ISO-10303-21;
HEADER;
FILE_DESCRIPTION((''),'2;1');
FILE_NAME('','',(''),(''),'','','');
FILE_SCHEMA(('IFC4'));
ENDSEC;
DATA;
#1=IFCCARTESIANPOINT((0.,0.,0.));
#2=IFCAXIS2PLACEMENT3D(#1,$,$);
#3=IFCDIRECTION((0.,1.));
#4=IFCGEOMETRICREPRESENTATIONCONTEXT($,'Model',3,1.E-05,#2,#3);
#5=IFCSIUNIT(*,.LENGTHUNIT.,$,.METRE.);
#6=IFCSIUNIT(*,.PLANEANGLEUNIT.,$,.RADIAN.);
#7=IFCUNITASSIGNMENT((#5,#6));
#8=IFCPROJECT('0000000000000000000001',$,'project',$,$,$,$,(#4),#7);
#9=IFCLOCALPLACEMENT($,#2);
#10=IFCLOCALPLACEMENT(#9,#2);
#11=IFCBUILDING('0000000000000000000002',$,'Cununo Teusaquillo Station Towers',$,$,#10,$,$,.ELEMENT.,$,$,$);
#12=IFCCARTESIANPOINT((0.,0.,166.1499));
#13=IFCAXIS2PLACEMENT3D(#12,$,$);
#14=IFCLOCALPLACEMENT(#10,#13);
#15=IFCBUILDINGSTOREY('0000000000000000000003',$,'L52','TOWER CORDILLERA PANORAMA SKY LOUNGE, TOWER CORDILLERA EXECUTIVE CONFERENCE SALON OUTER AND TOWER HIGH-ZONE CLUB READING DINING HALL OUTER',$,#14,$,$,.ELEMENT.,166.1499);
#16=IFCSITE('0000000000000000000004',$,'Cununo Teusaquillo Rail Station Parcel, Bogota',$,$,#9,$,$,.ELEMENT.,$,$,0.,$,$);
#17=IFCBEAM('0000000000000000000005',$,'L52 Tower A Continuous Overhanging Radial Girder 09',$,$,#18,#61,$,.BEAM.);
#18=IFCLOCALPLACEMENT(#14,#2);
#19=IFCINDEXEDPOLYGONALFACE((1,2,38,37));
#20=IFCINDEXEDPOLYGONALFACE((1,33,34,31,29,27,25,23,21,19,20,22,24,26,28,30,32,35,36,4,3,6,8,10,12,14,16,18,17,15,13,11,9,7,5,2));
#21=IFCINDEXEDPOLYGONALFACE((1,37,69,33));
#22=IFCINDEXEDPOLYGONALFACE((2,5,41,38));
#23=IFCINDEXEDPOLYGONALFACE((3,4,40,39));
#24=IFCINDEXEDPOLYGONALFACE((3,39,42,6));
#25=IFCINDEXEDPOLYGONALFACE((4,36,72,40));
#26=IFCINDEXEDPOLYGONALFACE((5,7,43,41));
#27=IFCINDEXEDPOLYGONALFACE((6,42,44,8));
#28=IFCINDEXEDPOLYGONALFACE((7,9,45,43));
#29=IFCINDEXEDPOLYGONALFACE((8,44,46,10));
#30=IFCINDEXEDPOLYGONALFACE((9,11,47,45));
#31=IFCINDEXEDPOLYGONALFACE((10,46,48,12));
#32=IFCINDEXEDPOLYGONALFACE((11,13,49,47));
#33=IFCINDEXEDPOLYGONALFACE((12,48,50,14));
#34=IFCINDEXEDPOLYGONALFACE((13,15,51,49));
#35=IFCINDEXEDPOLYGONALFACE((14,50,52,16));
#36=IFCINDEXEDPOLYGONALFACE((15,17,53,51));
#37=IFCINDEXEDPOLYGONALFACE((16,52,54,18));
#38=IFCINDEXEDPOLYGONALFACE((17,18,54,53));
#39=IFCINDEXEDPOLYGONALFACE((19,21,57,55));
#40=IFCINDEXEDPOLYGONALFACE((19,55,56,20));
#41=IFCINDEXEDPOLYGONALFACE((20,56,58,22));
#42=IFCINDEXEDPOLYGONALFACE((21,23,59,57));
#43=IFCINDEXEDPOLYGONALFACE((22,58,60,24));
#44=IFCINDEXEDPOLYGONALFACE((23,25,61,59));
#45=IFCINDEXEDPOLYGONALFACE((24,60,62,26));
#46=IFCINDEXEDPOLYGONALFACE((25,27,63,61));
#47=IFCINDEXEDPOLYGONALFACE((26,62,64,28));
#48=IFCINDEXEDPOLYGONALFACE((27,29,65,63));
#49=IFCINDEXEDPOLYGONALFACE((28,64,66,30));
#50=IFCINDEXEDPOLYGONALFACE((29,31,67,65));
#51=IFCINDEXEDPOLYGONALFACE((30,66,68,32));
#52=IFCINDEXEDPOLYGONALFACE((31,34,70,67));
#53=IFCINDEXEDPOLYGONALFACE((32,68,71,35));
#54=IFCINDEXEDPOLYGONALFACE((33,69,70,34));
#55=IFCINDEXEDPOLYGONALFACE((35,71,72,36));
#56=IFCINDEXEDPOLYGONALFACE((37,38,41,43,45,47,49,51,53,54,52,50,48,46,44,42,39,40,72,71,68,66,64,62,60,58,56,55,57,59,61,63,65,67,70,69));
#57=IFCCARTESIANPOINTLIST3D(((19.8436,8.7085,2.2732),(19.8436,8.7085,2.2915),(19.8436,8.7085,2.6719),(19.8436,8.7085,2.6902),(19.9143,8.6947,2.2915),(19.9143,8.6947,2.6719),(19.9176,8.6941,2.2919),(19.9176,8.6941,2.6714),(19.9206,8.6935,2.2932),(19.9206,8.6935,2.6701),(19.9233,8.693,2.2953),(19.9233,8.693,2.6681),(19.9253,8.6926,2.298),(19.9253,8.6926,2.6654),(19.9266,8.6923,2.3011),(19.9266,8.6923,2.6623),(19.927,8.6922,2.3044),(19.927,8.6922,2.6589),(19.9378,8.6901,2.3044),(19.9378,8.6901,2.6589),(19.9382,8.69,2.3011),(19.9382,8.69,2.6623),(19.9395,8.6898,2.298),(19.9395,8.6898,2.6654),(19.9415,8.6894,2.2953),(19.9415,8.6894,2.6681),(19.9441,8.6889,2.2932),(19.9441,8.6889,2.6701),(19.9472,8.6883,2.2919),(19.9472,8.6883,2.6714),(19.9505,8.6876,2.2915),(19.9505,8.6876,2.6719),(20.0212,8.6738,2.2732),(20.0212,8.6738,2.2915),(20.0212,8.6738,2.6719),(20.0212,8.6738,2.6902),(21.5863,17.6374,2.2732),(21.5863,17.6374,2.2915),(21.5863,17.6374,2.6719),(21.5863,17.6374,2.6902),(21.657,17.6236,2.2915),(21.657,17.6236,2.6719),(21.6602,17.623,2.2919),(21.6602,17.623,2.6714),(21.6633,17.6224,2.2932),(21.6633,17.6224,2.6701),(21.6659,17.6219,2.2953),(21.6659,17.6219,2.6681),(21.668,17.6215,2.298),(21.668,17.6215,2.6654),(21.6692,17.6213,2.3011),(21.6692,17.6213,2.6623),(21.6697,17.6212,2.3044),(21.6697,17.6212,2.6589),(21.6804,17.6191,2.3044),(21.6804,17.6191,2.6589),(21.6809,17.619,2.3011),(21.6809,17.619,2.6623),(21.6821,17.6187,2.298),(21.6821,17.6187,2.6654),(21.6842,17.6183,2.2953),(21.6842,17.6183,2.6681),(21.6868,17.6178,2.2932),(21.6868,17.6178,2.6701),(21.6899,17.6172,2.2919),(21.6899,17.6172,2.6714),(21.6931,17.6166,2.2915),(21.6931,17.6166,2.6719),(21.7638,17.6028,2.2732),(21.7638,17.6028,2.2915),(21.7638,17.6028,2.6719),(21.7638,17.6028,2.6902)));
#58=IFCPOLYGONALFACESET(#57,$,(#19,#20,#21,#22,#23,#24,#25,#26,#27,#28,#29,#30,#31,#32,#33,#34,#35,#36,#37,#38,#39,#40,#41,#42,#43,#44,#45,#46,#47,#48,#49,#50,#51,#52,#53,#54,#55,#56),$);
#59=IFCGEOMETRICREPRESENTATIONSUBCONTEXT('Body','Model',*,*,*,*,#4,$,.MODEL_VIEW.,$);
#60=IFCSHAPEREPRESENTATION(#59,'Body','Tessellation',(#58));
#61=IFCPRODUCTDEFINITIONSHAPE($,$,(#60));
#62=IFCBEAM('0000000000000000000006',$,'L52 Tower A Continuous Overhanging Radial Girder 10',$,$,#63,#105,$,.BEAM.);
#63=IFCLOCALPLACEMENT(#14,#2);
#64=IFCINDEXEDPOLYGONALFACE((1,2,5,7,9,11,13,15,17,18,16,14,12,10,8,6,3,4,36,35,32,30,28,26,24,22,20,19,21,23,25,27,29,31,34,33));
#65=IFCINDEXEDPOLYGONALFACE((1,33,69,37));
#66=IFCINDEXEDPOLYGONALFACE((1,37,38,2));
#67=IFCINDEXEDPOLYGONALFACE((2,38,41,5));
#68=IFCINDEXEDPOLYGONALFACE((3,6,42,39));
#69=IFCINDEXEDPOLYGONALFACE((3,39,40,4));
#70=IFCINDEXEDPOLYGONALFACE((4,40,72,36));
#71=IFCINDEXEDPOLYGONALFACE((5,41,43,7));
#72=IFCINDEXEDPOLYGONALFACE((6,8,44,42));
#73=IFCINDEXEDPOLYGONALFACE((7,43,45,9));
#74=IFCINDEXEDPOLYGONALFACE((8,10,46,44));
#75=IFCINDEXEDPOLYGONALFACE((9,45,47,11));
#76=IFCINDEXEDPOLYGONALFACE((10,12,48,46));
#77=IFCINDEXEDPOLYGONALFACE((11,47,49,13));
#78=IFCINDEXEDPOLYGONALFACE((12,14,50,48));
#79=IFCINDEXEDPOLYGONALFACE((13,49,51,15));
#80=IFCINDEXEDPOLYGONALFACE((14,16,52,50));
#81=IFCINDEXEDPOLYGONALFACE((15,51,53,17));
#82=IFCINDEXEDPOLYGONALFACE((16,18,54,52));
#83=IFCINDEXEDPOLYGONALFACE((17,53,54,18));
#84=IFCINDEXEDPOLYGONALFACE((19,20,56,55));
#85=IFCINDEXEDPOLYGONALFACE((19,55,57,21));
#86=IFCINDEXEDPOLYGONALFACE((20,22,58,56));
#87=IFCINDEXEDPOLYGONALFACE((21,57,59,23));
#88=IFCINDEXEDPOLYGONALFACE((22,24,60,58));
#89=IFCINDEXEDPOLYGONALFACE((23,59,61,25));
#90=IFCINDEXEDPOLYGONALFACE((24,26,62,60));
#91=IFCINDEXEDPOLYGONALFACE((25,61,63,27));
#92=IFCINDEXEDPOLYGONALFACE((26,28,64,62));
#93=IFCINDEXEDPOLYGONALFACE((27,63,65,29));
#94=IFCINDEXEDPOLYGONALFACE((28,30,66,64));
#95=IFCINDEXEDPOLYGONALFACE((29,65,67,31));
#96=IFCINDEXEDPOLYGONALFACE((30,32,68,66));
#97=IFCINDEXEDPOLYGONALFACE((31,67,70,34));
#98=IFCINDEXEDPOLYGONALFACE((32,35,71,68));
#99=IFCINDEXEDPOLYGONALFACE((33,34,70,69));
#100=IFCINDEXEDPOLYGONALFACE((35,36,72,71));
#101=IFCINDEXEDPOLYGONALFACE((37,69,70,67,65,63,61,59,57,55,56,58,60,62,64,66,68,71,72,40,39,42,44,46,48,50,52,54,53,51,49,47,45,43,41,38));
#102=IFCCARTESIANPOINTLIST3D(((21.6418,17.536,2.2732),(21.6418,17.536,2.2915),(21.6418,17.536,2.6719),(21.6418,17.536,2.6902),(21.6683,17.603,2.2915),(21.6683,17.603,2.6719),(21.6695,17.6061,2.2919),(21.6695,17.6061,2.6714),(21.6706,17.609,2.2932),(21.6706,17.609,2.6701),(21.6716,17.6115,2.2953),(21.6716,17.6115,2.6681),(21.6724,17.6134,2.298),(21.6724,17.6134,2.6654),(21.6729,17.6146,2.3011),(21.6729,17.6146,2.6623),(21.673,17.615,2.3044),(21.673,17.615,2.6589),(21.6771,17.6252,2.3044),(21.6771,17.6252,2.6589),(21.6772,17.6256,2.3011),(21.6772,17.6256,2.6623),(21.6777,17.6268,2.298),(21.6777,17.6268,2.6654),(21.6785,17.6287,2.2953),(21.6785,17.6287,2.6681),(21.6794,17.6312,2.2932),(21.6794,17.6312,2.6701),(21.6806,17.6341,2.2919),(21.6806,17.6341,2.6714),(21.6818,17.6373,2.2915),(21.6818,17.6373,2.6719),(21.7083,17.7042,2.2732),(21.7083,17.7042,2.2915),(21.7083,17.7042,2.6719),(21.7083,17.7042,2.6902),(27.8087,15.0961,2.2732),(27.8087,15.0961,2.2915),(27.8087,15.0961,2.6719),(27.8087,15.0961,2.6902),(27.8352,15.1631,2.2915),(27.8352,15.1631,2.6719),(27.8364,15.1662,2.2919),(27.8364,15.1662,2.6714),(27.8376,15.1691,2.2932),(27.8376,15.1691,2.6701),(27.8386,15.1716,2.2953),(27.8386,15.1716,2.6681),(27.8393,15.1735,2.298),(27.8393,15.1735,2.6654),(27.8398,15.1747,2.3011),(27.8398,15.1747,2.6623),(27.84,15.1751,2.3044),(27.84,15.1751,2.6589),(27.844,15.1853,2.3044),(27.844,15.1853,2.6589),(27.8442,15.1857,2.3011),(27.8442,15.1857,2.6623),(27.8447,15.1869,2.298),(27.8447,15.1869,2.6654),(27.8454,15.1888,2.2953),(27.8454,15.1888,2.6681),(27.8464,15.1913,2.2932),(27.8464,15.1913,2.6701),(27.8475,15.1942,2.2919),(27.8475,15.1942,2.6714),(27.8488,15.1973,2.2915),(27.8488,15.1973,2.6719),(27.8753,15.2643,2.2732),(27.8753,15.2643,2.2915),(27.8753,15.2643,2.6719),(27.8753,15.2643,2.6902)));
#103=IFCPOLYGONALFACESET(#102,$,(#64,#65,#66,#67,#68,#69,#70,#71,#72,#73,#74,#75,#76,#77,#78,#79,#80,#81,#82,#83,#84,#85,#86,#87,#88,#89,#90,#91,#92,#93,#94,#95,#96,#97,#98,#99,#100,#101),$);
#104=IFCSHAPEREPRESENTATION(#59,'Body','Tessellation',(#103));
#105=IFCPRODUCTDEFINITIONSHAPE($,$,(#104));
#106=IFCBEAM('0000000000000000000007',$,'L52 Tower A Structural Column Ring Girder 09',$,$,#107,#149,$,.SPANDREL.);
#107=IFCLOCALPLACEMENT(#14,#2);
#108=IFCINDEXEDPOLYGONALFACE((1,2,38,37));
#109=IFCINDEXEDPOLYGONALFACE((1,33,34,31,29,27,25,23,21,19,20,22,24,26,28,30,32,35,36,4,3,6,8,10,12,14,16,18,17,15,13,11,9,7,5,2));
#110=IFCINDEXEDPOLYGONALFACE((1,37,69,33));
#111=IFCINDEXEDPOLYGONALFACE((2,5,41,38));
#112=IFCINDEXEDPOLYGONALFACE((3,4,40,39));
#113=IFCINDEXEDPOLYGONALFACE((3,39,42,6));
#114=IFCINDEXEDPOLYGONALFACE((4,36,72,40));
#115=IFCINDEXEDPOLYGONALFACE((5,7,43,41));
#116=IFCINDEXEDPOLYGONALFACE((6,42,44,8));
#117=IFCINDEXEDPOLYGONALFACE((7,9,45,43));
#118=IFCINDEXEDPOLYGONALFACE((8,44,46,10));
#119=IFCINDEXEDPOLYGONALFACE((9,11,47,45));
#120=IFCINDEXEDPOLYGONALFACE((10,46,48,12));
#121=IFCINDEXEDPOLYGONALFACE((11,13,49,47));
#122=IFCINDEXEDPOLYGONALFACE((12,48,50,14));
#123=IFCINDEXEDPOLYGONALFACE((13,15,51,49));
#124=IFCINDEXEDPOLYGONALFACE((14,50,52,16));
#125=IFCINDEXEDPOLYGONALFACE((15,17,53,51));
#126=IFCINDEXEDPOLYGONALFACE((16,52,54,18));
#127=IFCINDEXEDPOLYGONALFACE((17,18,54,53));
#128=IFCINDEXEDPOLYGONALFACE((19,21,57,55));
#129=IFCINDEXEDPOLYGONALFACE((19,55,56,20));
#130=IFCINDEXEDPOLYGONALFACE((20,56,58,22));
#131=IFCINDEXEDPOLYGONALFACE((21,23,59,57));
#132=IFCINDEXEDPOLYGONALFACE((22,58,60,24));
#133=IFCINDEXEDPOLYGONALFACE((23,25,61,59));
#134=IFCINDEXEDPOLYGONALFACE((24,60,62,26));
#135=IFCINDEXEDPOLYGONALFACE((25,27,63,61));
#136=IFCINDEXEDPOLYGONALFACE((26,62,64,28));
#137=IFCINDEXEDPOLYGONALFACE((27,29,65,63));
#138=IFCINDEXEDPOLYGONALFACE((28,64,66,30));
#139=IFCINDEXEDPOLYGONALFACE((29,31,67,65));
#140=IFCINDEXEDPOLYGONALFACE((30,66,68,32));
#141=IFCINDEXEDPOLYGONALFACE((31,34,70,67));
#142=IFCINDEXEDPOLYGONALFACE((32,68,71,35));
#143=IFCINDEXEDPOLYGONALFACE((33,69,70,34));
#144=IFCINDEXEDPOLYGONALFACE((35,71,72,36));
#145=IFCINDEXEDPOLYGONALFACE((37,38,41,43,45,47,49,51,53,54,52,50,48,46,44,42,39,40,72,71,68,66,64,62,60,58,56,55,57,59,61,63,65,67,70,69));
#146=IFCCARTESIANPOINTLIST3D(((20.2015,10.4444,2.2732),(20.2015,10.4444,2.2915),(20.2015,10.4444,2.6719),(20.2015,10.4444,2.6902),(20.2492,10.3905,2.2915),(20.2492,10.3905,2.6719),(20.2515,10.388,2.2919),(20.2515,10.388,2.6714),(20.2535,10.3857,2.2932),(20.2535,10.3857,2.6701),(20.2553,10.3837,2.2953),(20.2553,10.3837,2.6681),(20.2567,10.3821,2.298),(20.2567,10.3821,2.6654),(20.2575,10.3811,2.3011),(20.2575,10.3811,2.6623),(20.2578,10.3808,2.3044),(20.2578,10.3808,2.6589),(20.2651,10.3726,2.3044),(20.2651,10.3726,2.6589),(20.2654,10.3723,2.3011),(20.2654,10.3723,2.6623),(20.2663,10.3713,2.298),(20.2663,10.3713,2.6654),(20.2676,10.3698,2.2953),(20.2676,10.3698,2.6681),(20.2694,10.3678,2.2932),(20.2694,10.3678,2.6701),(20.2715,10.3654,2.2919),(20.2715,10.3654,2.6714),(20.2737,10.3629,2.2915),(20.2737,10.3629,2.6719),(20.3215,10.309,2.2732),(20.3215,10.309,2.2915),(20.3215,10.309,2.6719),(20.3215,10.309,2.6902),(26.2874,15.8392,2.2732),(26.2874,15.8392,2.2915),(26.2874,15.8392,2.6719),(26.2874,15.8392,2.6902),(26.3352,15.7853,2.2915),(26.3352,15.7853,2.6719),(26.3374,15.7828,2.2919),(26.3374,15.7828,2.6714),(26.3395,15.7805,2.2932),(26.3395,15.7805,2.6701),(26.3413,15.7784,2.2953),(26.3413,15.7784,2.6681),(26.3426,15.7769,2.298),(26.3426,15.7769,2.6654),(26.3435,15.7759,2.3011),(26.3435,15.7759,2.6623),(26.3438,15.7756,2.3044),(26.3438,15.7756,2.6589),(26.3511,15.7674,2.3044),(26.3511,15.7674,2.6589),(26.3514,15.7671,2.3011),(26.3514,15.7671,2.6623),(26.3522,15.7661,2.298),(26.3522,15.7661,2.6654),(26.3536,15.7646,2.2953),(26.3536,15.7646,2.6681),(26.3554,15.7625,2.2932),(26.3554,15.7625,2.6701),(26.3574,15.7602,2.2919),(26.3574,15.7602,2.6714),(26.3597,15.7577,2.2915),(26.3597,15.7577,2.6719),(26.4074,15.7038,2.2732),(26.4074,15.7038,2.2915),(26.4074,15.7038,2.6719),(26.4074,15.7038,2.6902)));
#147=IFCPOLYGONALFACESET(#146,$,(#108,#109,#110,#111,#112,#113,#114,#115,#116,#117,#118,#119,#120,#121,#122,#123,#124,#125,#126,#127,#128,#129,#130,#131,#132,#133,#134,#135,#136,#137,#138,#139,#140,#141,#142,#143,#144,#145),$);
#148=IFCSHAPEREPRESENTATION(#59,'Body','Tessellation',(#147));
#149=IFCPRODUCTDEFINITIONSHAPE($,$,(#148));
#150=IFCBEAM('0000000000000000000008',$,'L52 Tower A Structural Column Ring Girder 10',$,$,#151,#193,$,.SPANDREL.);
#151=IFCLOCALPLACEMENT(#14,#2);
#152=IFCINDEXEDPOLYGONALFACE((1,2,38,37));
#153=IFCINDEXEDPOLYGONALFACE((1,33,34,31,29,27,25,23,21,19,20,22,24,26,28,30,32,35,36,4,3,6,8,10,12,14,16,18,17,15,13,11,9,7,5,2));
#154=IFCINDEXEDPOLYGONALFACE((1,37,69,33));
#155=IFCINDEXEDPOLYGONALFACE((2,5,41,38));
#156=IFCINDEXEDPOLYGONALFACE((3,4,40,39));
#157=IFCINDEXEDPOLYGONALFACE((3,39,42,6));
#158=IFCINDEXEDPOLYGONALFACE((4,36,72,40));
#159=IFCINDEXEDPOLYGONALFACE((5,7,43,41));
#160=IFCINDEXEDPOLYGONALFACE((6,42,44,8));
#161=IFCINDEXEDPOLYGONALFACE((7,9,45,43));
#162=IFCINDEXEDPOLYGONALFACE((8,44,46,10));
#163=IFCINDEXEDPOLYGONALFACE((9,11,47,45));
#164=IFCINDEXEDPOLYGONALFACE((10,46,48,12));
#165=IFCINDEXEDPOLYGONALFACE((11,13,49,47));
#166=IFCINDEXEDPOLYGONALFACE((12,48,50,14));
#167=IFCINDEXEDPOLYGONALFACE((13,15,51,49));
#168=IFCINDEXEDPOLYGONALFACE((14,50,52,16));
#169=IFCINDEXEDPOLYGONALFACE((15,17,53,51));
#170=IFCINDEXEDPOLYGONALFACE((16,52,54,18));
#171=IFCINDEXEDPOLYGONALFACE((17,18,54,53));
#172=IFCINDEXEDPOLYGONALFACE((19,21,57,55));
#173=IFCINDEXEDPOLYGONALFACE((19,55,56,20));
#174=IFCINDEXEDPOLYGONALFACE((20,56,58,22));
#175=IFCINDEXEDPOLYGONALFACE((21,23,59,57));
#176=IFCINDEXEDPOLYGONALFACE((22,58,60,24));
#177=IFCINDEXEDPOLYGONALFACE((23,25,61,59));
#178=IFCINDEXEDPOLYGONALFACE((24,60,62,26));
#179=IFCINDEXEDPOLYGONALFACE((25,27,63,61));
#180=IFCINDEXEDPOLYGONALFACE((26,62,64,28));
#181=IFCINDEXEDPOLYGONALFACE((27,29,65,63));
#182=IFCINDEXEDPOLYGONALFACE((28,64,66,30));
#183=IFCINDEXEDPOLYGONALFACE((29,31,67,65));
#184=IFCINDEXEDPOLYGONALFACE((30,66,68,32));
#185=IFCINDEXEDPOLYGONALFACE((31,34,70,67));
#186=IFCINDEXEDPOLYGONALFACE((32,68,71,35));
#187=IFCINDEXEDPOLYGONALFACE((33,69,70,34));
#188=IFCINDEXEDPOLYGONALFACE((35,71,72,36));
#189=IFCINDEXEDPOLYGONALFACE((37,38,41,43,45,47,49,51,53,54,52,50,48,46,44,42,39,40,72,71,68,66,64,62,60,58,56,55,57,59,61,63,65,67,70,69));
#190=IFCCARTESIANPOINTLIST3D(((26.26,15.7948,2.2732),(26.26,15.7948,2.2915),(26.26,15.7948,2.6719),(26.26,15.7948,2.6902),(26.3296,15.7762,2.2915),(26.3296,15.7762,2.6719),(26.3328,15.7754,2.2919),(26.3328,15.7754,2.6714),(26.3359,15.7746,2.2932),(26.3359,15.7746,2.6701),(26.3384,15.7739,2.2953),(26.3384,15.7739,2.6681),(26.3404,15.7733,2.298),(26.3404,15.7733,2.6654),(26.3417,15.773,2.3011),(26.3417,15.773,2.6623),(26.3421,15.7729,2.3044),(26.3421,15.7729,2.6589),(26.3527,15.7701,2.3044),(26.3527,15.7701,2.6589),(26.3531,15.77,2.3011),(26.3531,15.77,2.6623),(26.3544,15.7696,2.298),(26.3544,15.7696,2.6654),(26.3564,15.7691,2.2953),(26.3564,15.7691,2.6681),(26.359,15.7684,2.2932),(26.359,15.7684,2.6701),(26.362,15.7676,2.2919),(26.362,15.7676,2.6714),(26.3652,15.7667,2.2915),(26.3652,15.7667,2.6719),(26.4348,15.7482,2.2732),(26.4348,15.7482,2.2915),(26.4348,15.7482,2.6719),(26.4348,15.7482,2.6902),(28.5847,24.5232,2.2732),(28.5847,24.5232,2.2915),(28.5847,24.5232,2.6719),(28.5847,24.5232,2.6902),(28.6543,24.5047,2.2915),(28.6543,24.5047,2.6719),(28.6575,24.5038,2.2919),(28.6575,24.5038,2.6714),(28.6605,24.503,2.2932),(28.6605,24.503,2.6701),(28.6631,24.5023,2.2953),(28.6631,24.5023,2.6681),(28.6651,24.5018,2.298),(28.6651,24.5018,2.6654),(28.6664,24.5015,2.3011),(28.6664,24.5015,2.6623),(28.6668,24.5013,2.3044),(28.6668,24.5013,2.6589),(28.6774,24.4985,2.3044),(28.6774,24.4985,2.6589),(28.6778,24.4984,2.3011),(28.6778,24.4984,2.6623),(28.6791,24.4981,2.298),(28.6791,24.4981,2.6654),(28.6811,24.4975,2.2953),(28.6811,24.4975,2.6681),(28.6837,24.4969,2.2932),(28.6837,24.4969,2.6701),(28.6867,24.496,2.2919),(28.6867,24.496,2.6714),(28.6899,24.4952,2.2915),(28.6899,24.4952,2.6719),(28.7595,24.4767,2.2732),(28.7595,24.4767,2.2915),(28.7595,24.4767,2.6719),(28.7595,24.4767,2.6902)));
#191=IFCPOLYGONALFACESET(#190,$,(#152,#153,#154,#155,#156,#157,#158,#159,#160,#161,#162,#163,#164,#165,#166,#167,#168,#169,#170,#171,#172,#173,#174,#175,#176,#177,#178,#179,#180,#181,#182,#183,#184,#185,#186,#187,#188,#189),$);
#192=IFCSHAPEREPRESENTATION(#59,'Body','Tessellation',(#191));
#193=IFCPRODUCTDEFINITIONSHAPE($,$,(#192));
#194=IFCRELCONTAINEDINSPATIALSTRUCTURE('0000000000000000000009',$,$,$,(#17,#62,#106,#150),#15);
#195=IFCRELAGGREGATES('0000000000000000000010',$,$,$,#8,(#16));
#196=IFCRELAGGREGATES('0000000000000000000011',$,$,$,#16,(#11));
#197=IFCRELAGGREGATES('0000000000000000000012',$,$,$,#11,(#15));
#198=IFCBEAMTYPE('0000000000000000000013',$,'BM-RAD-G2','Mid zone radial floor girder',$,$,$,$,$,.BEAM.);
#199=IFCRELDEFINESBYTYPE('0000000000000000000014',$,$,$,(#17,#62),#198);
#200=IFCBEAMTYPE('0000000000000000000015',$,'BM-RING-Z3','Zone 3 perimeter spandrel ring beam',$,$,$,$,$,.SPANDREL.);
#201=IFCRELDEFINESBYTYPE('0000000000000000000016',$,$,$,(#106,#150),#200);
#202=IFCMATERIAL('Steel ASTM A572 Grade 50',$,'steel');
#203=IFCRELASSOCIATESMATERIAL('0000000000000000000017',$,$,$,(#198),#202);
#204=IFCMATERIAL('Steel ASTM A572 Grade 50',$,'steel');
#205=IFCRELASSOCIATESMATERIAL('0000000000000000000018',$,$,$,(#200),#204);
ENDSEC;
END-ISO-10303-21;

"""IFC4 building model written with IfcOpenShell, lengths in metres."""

from ifc_helpers import new_model, si_unit, direction, frame, origin, origin_2d, place, context, subcontext, project, spatial, i_section, extrude, material, material_profile, profile_set, type_object, element, save


model = new_model("IFC4")

# Units and contexts
model_context = context("Model", 3, precision=1e-05, world=origin(), true_north=direction((0.0, 1.0)))
body_context = subcontext(model_context, "Body", "Model", "MODEL_VIEW")
ifc_project = project(units=[si_unit("LENGTHUNIT", "METRE"), si_unit("PLANEANGLEUNIT", "RADIAN")], contexts=[model_context])

# Site, building, storey
site_placement = place(None, origin())
site = spatial("IfcSite", under=ifc_project, at=site_placement, Name="Cununo Teusaquillo Rail Station Parcel, Bogota", CompositionType="ELEMENT", RefElevation=0.0)
building_placement = place(site_placement, origin())
building = spatial("IfcBuilding", under=site, at=building_placement, Name="Cununo Teusaquillo Station Towers", CompositionType="ELEMENT")
storey_placement = place(building_placement, frame((0.0, 0.0, 166.1499)))
storey = spatial("IfcBuildingStorey", under=building, at=storey_placement, Name="L52", Description="TOWER CORDILLERA PANORAMA SKY LOUNGE, TOWER CORDILLERA EXECUTIVE CONFERENCE SALON OUTER AND TOWER HIGH-ZONE CLUB READING DINING HALL OUTER", CompositionType="ELEMENT", Elevation=166.1499)

# Beams
ifc_material_1 = material(Name="Steel ASTM A572 Grade 50", Category="steel")
ifc_material_profile_1 = material_profile(ifc_material_1, i_section(OverallWidth=0.1809, OverallDepth=0.417, WebThickness=0.011, FlangeThickness=0.0183, FilletRadius=0.0129, at=origin_2d()), Name="W16X57")
ifc_profile_set_1 = profile_set([ifc_material_profile_1], Name="Steel ASTM A572 Grade 50")
beam_type_1 = type_object("IfcBeamType", Name="BM-RAD-G2", Description="Mid zone radial floor girder", PredefinedType="BEAM", material=ifc_profile_set_1)
beam_1_placement = place(storey_placement, frame((21.675, 17.6201, 2.4817), z_axis=(-0.191557, -0.981481, 0.0), x_axis=(0.981481, -0.191557, 0.0)))
element("IfcBeam", 1, at=beam_1_placement, inside=storey, type_object=beam_type_1, Name="L52 Tower A Continuous Overhanging Radial Girder 09", PredefinedType="BEAM", context=body_context, shape_type="SweptSolid", body=[
    extrude(i_section(OverallWidth=0.1809, OverallDepth=0.417, WebThickness=0.011, FlangeThickness=0.0183, FilletRadius=0.0129, at=origin_2d()), origin(), (0.0, 0.0, 1.0), 9.0974),
])
beam_2_placement = place(storey_placement, frame((21.675, 17.6201, 2.4817), z_axis=(0.929866, -0.367897, 0.0), x_axis=(0.367897, 0.929866, 0.0)))
element("IfcBeam", 2, at=beam_2_placement, inside=storey, type_object=beam_type_1, Name="L52 Tower A Continuous Overhanging Radial Girder 10", PredefinedType="BEAM", context=body_context, shape_type="SweptSolid", body=[
    extrude(i_section(OverallWidth=0.1809, OverallDepth=0.417, WebThickness=0.011, FlangeThickness=0.0183, FilletRadius=0.0129, at=origin_2d()), origin(), (0.0, 0.0, 1.0), 6.6321),
])
ifc_material_2 = material(Name="Steel ASTM A572 Grade 50", Category="steel")
ifc_material_profile_2 = material_profile(ifc_material_2, i_section(OverallWidth=0.1809, OverallDepth=0.417, WebThickness=0.011, FlangeThickness=0.0183, FilletRadius=0.0129, at=origin_2d()), Name="W16X57")
ifc_profile_set_2 = profile_set([ifc_material_profile_2], Name="Steel ASTM A572 Grade 50")
beam_type_2 = type_object("IfcBeamType", Name="BM-RING-Z3", Description="Zone 3 perimeter spandrel ring beam", PredefinedType="SPANDREL", material=ifc_profile_set_2)
beam_3_placement = place(storey_placement, frame((20.2615, 10.3767, 2.4817), z_axis=(0.748321, 0.663337, 0.0), x_axis=(-0.663337, 0.748321, 0.0)))
element("IfcBeam", 3, at=beam_3_placement, inside=storey, type_object=beam_type_2, Name="L52 Tower A Structural Column Ring Girder 09", PredefinedType="SPANDREL", context=body_context, shape_type="SweptSolid", body=[
    extrude(i_section(OverallWidth=0.1809, OverallDepth=0.417, WebThickness=0.011, FlangeThickness=0.0183, FilletRadius=0.0129, at=origin_2d()), origin(), (0.0, 0.0, 1.0), 8.1328),
])
beam_4_placement = place(storey_placement, frame((26.3474, 15.7715, 2.4817), z_axis=(0.257363, 0.966315, 0.0), x_axis=(-0.966315, 0.257363, 0.0)))
element("IfcBeam", 4, at=beam_4_placement, inside=storey, type_object=beam_type_2, Name="L52 Tower A Structural Column Ring Girder 10", PredefinedType="SPANDREL", context=body_context, shape_type="SweptSolid", body=[
    extrude(i_section(OverallWidth=0.1809, OverallDepth=0.417, WebThickness=0.011, FlangeThickness=0.0183, FilletRadius=0.0129, at=origin_2d()), origin(), (0.0, 0.0, 1.0), 9.0327),
])

save(model, "model.ifc")
